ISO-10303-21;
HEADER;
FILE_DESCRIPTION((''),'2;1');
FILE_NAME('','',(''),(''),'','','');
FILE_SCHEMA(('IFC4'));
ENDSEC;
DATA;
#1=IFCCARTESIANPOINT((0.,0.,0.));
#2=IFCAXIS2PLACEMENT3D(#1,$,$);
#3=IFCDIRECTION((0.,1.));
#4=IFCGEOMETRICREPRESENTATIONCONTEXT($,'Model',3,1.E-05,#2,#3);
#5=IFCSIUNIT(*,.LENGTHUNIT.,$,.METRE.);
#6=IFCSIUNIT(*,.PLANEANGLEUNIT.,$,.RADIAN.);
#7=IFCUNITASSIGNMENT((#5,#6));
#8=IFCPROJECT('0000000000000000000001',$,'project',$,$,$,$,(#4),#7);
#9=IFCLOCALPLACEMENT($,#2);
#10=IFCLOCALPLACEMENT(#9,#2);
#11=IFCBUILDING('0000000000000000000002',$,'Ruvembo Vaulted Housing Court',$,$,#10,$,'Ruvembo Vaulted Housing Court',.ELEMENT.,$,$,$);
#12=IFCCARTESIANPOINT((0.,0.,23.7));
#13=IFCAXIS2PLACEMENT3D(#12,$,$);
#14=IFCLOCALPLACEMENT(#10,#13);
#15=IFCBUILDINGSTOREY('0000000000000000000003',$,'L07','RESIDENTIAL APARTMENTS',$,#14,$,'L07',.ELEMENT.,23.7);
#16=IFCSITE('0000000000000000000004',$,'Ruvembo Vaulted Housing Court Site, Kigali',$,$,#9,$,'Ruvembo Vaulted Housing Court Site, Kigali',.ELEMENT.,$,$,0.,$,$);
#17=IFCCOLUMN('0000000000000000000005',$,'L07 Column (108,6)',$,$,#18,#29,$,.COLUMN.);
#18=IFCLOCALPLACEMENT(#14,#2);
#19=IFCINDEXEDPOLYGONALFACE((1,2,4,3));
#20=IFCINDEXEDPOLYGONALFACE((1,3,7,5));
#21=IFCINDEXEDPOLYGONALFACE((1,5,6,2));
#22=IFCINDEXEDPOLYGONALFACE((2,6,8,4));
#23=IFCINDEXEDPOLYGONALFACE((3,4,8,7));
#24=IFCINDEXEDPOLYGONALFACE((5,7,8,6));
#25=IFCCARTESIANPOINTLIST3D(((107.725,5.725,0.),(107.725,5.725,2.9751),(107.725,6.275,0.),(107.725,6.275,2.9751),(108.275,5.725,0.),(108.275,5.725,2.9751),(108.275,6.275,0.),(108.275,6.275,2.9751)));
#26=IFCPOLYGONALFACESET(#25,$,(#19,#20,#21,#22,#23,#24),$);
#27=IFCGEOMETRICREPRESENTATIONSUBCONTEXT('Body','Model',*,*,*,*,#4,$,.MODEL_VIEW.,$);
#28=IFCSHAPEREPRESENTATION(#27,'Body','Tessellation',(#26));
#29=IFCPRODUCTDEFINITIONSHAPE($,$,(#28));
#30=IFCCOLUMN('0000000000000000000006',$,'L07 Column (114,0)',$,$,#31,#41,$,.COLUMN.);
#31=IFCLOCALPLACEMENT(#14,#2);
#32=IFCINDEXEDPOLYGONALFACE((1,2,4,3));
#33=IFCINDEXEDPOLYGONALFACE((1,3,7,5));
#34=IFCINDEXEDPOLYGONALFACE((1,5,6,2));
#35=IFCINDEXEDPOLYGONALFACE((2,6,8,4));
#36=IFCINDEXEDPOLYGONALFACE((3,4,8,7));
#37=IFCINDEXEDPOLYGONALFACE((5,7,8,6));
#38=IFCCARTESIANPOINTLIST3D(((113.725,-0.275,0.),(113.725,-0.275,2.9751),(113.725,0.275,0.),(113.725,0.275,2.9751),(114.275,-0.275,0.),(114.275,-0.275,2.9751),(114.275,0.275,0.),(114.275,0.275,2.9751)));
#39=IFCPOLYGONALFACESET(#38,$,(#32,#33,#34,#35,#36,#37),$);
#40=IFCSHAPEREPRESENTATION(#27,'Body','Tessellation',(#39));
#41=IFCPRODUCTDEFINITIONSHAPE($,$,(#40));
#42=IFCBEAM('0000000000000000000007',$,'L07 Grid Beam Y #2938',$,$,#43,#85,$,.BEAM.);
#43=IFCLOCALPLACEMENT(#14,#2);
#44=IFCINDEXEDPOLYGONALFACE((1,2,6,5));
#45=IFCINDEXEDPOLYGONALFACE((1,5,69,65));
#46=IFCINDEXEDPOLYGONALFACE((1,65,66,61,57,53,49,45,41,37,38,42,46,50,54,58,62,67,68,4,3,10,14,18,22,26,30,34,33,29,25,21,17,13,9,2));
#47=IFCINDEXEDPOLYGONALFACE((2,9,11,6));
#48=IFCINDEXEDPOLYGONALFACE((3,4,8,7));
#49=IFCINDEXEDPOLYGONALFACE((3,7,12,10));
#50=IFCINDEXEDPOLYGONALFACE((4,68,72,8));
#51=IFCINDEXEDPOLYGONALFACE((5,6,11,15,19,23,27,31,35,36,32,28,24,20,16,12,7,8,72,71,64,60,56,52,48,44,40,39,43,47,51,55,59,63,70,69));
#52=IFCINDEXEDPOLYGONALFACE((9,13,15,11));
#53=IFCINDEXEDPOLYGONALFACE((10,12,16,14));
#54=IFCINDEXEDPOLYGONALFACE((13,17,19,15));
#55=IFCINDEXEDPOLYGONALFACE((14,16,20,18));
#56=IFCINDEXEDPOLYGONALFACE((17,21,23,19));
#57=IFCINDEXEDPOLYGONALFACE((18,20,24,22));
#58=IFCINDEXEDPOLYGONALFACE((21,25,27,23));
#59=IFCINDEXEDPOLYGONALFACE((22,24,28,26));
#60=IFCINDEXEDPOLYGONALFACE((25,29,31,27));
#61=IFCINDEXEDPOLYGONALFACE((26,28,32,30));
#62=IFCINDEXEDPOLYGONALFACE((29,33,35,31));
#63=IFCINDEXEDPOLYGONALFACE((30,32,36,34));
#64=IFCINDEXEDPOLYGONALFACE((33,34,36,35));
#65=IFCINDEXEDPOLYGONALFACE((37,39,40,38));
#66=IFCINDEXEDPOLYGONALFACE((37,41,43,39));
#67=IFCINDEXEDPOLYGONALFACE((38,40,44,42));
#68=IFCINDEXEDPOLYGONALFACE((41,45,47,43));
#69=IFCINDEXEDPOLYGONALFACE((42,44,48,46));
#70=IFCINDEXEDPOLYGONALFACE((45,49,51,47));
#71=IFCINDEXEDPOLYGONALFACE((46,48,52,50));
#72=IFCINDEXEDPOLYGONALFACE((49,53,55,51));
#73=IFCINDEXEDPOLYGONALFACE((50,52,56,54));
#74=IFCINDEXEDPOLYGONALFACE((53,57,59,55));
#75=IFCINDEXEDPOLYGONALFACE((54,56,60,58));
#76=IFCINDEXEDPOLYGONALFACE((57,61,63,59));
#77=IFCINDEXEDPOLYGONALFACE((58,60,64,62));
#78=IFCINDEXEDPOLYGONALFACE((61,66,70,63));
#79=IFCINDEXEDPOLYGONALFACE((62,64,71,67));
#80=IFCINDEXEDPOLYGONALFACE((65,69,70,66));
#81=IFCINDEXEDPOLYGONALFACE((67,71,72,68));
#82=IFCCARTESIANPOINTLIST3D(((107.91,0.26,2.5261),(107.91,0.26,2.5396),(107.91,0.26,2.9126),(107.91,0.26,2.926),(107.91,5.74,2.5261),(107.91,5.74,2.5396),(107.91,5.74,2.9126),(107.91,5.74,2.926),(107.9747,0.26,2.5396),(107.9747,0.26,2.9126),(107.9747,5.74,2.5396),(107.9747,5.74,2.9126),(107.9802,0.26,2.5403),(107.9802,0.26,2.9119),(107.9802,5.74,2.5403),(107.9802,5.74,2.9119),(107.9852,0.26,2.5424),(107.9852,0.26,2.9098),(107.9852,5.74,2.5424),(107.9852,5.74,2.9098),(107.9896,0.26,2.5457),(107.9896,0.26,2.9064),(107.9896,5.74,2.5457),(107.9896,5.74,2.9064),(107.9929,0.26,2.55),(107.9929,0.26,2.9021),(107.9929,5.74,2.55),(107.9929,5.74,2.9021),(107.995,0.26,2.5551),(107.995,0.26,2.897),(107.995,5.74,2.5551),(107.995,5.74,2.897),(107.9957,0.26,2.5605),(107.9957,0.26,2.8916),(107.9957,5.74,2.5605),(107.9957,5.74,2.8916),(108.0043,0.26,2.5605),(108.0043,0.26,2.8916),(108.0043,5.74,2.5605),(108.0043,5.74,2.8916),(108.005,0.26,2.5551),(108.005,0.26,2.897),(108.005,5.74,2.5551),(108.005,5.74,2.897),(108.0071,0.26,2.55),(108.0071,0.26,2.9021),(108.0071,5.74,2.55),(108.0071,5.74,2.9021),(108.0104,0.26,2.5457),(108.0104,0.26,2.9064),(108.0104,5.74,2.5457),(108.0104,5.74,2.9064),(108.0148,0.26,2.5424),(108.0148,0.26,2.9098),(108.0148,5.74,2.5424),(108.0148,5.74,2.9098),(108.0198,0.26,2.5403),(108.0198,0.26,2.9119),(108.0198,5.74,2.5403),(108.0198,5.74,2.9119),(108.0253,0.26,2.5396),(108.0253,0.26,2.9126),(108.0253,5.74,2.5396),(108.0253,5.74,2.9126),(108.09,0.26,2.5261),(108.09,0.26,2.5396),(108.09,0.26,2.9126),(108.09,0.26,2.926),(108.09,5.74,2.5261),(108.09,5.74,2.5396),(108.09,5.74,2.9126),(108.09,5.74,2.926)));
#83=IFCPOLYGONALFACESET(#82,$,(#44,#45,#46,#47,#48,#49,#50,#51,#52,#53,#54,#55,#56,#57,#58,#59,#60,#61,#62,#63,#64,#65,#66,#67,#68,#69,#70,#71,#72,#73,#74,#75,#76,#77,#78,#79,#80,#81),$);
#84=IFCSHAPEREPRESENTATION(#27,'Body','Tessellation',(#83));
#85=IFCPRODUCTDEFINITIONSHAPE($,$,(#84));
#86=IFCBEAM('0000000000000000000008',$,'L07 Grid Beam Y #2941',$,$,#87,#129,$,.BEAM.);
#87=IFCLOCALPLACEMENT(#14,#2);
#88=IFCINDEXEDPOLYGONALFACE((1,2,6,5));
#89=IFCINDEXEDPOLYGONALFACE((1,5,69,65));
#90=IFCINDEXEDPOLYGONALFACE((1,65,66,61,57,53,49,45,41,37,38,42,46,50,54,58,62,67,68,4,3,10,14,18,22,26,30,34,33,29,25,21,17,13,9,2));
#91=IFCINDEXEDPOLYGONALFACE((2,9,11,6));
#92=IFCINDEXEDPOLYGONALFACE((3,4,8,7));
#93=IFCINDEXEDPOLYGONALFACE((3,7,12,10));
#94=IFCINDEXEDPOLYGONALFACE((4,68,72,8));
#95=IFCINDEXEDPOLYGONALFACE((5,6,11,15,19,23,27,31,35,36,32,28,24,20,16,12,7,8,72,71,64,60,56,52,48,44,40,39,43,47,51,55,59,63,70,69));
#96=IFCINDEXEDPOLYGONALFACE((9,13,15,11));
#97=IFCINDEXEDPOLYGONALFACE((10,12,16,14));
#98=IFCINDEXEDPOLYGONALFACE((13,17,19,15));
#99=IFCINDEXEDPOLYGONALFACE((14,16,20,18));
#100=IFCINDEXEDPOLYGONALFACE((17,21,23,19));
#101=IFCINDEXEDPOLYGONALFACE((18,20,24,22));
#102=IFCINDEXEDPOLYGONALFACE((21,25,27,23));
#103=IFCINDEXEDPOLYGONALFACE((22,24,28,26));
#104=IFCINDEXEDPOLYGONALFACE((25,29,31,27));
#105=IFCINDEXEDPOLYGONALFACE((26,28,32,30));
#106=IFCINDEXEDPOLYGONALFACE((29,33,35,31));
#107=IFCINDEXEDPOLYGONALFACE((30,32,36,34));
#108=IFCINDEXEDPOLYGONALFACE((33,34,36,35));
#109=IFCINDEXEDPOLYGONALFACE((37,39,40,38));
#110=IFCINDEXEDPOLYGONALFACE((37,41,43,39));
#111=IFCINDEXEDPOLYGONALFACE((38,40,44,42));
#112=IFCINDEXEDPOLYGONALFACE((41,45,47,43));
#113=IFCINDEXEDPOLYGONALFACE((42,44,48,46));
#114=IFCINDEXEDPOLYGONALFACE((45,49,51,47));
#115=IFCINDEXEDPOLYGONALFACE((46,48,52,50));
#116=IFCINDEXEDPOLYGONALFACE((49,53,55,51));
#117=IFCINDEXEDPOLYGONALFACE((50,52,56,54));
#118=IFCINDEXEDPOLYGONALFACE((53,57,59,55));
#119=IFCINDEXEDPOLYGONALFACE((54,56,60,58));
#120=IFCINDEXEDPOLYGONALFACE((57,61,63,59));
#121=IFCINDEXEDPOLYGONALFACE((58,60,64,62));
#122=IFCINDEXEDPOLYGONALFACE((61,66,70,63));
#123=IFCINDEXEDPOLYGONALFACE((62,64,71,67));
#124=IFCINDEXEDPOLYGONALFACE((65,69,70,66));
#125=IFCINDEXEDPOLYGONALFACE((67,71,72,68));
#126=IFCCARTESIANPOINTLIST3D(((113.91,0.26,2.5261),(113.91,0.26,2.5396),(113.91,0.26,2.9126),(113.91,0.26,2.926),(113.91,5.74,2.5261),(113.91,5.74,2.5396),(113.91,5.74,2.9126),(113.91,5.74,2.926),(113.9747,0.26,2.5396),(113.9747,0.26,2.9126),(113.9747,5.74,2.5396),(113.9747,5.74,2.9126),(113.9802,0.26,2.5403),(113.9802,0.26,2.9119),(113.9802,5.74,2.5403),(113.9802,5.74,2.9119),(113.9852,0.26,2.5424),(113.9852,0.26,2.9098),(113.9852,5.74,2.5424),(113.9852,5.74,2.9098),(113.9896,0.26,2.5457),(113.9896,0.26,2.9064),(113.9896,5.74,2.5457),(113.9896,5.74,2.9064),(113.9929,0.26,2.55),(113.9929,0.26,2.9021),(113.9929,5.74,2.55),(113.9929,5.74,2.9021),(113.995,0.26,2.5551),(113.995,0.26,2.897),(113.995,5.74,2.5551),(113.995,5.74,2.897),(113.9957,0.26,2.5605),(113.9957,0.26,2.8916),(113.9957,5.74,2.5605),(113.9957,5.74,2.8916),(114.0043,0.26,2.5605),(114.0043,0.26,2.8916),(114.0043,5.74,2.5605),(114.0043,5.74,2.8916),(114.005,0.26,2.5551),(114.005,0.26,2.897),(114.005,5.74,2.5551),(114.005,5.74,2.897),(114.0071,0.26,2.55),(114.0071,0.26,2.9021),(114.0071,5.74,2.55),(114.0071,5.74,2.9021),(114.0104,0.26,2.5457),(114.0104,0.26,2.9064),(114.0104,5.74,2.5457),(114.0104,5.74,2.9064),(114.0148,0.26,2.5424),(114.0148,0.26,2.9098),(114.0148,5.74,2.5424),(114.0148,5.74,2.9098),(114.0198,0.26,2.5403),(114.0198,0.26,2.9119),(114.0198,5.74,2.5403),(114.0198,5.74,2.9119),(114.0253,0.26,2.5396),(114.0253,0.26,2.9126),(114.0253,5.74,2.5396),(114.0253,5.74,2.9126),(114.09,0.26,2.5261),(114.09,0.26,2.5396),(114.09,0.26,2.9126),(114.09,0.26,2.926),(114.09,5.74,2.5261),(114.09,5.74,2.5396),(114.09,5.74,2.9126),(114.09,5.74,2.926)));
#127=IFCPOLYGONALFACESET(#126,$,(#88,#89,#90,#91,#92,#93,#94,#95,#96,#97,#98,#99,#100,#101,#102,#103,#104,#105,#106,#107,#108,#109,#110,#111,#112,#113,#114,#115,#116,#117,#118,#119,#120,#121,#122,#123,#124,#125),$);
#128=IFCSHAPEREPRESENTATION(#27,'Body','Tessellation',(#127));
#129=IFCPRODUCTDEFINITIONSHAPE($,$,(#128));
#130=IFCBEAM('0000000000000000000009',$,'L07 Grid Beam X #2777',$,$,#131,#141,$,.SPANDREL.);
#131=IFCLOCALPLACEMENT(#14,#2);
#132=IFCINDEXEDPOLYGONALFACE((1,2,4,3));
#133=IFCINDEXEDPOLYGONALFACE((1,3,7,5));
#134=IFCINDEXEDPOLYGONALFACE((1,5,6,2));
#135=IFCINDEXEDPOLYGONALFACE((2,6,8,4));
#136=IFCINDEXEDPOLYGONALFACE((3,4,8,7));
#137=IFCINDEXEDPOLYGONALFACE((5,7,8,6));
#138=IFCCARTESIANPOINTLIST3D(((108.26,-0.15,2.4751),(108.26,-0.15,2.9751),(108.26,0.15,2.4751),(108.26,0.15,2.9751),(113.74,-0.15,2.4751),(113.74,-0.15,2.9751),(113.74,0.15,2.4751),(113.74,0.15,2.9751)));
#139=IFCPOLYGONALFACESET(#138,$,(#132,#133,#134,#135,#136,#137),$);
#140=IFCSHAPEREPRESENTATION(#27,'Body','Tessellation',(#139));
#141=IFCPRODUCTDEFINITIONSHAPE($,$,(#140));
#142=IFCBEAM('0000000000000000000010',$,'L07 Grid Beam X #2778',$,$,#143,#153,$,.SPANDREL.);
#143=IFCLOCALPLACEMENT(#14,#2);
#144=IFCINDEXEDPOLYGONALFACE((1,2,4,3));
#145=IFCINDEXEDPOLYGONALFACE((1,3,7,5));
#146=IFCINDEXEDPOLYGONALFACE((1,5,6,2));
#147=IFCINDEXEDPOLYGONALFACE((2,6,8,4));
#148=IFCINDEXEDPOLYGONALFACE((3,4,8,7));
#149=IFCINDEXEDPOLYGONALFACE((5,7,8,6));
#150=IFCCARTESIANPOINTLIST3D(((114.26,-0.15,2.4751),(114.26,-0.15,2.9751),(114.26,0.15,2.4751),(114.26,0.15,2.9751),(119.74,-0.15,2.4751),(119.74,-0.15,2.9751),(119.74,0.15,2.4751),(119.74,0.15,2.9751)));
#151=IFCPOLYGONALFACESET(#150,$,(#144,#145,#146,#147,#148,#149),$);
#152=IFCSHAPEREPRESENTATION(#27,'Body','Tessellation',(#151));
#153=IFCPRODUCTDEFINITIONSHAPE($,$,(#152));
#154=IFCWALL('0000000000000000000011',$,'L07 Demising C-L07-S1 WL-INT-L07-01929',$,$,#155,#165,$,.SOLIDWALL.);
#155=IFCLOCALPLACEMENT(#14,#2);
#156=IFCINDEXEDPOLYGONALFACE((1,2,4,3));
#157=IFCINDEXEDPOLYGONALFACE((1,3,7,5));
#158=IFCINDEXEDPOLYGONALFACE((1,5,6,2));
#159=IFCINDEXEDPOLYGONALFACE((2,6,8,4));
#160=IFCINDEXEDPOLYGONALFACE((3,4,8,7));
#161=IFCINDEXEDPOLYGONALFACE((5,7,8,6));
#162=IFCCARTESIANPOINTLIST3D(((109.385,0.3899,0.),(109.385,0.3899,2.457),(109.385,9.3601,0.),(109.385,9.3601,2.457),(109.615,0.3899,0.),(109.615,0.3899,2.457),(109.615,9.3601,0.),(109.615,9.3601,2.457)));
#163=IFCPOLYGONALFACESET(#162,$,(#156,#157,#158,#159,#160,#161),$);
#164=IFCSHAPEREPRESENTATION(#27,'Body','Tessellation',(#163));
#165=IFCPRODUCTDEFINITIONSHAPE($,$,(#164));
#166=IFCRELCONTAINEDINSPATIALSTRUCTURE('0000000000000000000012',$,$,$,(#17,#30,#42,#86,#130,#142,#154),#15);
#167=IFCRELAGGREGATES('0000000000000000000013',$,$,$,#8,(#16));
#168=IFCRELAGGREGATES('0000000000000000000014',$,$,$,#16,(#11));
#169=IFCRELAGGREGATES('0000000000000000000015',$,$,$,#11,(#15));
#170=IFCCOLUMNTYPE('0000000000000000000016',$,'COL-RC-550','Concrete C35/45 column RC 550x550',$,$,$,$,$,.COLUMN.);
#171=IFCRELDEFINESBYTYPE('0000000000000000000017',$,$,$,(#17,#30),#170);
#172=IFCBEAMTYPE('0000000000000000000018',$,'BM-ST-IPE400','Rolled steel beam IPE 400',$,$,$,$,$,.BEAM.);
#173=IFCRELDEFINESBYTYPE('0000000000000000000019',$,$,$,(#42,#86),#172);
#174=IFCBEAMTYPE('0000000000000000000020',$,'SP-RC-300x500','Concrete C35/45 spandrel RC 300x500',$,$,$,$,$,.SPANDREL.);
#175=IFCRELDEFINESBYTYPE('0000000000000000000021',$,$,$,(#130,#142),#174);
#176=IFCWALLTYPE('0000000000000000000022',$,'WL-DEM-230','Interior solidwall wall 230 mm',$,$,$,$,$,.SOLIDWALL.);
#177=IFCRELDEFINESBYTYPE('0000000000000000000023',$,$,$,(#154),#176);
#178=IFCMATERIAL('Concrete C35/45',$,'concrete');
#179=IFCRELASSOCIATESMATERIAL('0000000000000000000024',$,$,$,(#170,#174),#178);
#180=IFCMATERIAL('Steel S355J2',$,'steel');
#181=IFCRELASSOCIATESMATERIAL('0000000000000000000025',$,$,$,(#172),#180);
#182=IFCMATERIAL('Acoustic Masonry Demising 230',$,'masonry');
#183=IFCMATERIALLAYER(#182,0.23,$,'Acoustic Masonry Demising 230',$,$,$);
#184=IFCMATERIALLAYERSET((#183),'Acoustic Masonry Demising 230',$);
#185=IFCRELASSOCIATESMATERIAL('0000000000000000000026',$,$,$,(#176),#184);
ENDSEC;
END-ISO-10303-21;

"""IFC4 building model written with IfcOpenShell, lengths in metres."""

from ifc_helpers import new_model, si_unit, direction, frame, frame_2d, origin, origin_2d, place, context, subcontext, project, spatial, rectangle, i_section, extrude, material, layer, layer_set, material_profile, profile_set, type_object, element, save


model = new_model("IFC4")

# Units and contexts
model_context = context("Model", 3, precision=1e-05, world=origin(), true_north=direction((0.0, 1.0)))
body_context = subcontext(model_context, "Body", "Model", "MODEL_VIEW")
ifc_project = project(units=[si_unit("LENGTHUNIT", "METRE"), si_unit("PLANEANGLEUNIT", "RADIAN")], contexts=[model_context])

# Site, building, storey
site_placement = place(None, origin())
site = spatial("IfcSite", under=ifc_project, at=site_placement, Name="Ruvembo Vaulted Housing Court Site, Kigali", LongName="Ruvembo Vaulted Housing Court Site, Kigali", CompositionType="ELEMENT", RefElevation=0.0)
building_placement = place(site_placement, origin())
building = spatial("IfcBuilding", under=site, at=building_placement, Name="Ruvembo Vaulted Housing Court", LongName="Ruvembo Vaulted Housing Court", CompositionType="ELEMENT")
storey_placement = place(building_placement, frame((0.0, 0.0, 23.7)))
storey = spatial("IfcBuildingStorey", under=building, at=storey_placement, Name="L07", Description="RESIDENTIAL APARTMENTS", LongName="L07", CompositionType="ELEMENT", Elevation=23.7)

# Columns
ifc_material_1 = material(Name="Concrete C35/45", Category="concrete")
ifc_material_profile_1 = material_profile(ifc_material_1, rectangle(XDim=0.55, YDim=0.55, at=origin_2d()), Name="RC 550x550")
ifc_profile_set_1 = profile_set([ifc_material_profile_1], Name="Concrete C35/45")
column_type = type_object("IfcColumnType", Name="COL-RC-550", Description="Concrete C35/45 column RC 550x550", PredefinedType="COLUMN", material=ifc_profile_set_1)
for number, where, z_axis, x_axis, name in (
    (1, (108.0, 6.0, 0.0), (0.0, 0.0, 1.0), (1.0, 0.0, 0.0), "L07 Column (108,6)"),
    (2, (114.0, 0.0, 0.0), (0.0, 0.0, 1.0), (1.0, 0.0, 0.0), "L07 Column (114,0)"),
):
    element("IfcColumn", number, at=place(storey_placement, frame(where, z_axis=z_axis, x_axis=x_axis)), inside=storey, type_object=column_type, Name=name, PredefinedType="COLUMN", context=body_context, shape_type="SweptSolid", body=[
        extrude(rectangle(XDim=0.55, YDim=0.55, at=origin_2d()), origin(), (0.0, 0.0, 1.0), 2.9751),
    ])

# Beams
ifc_material_2 = material(Name="Steel S355J2", Category="steel")
ifc_material_profile_2 = material_profile(ifc_material_2, i_section(OverallWidth=0.1799, OverallDepth=0.3999, WebThickness=0.0085, FlangeThickness=0.0134, FilletRadius=0.021, at=origin_2d()), Name="IPE 400")
ifc_profile_set_2 = profile_set([ifc_material_profile_2], Name="Steel S355J2")
beam_type_1 = type_object("IfcBeamType", Name="BM-ST-IPE400", Description="Rolled steel beam IPE 400", PredefinedType="BEAM", material=ifc_profile_set_2)
for number, where, z_axis, x_axis, name in (
    (3, (108.0, 0.26, 2.7261), (0.0, 1.0, 0.0), (-1.0, 0.0, 0.0), "L07 Grid Beam Y #2938"),
    (4, (114.0, 0.26, 2.7261), (0.0, 1.0, 0.0), (-1.0, 0.0, 0.0), "L07 Grid Beam Y #2941"),
):
    element("IfcBeam", number, at=place(storey_placement, frame(where, z_axis=z_axis, x_axis=x_axis)), inside=storey, type_object=beam_type_1, Name=name, PredefinedType="BEAM", context=body_context, shape_type="SweptSolid", body=[
        extrude(i_section(OverallWidth=0.1799, OverallDepth=0.3999, WebThickness=0.0085, FlangeThickness=0.0134, FilletRadius=0.021, at=origin_2d()), origin(), (0.0, 0.0, 1.0), 5.48),
    ])
ifc_material_profile_3 = material_profile(ifc_material_1, rectangle(XDim=0.3, YDim=0.5, at=origin_2d()), Name="RC 300x500")
ifc_profile_set_3 = profile_set([ifc_material_profile_3], Name="Concrete C35/45")
beam_type_2 = type_object("IfcBeamType", Name="SP-RC-300x500", Description="Concrete C35/45 spandrel RC 300x500", PredefinedType="SPANDREL", material=ifc_profile_set_3)
for number, where, z_axis, x_axis, name in (
    (5, (108.26, 0.0, 2.7251), (1.0, 0.0, 0.0), (0.0, 1.0, 0.0), "L07 Grid Beam X #2777"),
    (6, (114.26, 0.0, 2.7251), (1.0, 0.0, 0.0), (0.0, 1.0, 0.0), "L07 Grid Beam X #2778"),
):
    element("IfcBeam", number, at=place(storey_placement, frame(where, z_axis=z_axis, x_axis=x_axis)), inside=storey, type_object=beam_type_2, Name=name, PredefinedType="SPANDREL", context=body_context, shape_type="SweptSolid", body=[
        extrude(rectangle(XDim=0.3, YDim=0.5, at=origin_2d()), origin(), (0.0, 0.0, 1.0), 5.48),
    ])

# Wall
ifc_material_3 = material(Name="Acoustic Masonry Demising 230", Category="masonry")
ifc_layer_1 = layer(ifc_material_3, 0.23, Name="Acoustic Masonry Demising 230")
ifc_layer_set_1 = layer_set([ifc_layer_1], Name="Acoustic Masonry Demising 230")
wall_type_1 = type_object("IfcWallType", Name="WL-DEM-230", Description="Interior solidwall wall 230 mm", PredefinedType="SOLIDWALL", material=ifc_layer_set_1)
wall_1_placement = place(storey_placement, frame((109.5, 0.3899, 0.0), z_axis=(0.0, 0.0, 1.0), x_axis=(0.0, 1.0, 0.0)))
element("IfcWall", 7, at=wall_1_placement, inside=storey, type_object=wall_type_1, Name="L07 Demising C-L07-S1 WL-INT-L07-01929", PredefinedType="SOLIDWALL", context=body_context, shape_type="SweptSolid", body=[
    extrude(rectangle(XDim=8.9702, YDim=0.23, at=frame_2d((4.4851, 0.0))), origin(), (0.0, 0.0, 1.0), 2.457),
])

save(model, "model.ifc")
